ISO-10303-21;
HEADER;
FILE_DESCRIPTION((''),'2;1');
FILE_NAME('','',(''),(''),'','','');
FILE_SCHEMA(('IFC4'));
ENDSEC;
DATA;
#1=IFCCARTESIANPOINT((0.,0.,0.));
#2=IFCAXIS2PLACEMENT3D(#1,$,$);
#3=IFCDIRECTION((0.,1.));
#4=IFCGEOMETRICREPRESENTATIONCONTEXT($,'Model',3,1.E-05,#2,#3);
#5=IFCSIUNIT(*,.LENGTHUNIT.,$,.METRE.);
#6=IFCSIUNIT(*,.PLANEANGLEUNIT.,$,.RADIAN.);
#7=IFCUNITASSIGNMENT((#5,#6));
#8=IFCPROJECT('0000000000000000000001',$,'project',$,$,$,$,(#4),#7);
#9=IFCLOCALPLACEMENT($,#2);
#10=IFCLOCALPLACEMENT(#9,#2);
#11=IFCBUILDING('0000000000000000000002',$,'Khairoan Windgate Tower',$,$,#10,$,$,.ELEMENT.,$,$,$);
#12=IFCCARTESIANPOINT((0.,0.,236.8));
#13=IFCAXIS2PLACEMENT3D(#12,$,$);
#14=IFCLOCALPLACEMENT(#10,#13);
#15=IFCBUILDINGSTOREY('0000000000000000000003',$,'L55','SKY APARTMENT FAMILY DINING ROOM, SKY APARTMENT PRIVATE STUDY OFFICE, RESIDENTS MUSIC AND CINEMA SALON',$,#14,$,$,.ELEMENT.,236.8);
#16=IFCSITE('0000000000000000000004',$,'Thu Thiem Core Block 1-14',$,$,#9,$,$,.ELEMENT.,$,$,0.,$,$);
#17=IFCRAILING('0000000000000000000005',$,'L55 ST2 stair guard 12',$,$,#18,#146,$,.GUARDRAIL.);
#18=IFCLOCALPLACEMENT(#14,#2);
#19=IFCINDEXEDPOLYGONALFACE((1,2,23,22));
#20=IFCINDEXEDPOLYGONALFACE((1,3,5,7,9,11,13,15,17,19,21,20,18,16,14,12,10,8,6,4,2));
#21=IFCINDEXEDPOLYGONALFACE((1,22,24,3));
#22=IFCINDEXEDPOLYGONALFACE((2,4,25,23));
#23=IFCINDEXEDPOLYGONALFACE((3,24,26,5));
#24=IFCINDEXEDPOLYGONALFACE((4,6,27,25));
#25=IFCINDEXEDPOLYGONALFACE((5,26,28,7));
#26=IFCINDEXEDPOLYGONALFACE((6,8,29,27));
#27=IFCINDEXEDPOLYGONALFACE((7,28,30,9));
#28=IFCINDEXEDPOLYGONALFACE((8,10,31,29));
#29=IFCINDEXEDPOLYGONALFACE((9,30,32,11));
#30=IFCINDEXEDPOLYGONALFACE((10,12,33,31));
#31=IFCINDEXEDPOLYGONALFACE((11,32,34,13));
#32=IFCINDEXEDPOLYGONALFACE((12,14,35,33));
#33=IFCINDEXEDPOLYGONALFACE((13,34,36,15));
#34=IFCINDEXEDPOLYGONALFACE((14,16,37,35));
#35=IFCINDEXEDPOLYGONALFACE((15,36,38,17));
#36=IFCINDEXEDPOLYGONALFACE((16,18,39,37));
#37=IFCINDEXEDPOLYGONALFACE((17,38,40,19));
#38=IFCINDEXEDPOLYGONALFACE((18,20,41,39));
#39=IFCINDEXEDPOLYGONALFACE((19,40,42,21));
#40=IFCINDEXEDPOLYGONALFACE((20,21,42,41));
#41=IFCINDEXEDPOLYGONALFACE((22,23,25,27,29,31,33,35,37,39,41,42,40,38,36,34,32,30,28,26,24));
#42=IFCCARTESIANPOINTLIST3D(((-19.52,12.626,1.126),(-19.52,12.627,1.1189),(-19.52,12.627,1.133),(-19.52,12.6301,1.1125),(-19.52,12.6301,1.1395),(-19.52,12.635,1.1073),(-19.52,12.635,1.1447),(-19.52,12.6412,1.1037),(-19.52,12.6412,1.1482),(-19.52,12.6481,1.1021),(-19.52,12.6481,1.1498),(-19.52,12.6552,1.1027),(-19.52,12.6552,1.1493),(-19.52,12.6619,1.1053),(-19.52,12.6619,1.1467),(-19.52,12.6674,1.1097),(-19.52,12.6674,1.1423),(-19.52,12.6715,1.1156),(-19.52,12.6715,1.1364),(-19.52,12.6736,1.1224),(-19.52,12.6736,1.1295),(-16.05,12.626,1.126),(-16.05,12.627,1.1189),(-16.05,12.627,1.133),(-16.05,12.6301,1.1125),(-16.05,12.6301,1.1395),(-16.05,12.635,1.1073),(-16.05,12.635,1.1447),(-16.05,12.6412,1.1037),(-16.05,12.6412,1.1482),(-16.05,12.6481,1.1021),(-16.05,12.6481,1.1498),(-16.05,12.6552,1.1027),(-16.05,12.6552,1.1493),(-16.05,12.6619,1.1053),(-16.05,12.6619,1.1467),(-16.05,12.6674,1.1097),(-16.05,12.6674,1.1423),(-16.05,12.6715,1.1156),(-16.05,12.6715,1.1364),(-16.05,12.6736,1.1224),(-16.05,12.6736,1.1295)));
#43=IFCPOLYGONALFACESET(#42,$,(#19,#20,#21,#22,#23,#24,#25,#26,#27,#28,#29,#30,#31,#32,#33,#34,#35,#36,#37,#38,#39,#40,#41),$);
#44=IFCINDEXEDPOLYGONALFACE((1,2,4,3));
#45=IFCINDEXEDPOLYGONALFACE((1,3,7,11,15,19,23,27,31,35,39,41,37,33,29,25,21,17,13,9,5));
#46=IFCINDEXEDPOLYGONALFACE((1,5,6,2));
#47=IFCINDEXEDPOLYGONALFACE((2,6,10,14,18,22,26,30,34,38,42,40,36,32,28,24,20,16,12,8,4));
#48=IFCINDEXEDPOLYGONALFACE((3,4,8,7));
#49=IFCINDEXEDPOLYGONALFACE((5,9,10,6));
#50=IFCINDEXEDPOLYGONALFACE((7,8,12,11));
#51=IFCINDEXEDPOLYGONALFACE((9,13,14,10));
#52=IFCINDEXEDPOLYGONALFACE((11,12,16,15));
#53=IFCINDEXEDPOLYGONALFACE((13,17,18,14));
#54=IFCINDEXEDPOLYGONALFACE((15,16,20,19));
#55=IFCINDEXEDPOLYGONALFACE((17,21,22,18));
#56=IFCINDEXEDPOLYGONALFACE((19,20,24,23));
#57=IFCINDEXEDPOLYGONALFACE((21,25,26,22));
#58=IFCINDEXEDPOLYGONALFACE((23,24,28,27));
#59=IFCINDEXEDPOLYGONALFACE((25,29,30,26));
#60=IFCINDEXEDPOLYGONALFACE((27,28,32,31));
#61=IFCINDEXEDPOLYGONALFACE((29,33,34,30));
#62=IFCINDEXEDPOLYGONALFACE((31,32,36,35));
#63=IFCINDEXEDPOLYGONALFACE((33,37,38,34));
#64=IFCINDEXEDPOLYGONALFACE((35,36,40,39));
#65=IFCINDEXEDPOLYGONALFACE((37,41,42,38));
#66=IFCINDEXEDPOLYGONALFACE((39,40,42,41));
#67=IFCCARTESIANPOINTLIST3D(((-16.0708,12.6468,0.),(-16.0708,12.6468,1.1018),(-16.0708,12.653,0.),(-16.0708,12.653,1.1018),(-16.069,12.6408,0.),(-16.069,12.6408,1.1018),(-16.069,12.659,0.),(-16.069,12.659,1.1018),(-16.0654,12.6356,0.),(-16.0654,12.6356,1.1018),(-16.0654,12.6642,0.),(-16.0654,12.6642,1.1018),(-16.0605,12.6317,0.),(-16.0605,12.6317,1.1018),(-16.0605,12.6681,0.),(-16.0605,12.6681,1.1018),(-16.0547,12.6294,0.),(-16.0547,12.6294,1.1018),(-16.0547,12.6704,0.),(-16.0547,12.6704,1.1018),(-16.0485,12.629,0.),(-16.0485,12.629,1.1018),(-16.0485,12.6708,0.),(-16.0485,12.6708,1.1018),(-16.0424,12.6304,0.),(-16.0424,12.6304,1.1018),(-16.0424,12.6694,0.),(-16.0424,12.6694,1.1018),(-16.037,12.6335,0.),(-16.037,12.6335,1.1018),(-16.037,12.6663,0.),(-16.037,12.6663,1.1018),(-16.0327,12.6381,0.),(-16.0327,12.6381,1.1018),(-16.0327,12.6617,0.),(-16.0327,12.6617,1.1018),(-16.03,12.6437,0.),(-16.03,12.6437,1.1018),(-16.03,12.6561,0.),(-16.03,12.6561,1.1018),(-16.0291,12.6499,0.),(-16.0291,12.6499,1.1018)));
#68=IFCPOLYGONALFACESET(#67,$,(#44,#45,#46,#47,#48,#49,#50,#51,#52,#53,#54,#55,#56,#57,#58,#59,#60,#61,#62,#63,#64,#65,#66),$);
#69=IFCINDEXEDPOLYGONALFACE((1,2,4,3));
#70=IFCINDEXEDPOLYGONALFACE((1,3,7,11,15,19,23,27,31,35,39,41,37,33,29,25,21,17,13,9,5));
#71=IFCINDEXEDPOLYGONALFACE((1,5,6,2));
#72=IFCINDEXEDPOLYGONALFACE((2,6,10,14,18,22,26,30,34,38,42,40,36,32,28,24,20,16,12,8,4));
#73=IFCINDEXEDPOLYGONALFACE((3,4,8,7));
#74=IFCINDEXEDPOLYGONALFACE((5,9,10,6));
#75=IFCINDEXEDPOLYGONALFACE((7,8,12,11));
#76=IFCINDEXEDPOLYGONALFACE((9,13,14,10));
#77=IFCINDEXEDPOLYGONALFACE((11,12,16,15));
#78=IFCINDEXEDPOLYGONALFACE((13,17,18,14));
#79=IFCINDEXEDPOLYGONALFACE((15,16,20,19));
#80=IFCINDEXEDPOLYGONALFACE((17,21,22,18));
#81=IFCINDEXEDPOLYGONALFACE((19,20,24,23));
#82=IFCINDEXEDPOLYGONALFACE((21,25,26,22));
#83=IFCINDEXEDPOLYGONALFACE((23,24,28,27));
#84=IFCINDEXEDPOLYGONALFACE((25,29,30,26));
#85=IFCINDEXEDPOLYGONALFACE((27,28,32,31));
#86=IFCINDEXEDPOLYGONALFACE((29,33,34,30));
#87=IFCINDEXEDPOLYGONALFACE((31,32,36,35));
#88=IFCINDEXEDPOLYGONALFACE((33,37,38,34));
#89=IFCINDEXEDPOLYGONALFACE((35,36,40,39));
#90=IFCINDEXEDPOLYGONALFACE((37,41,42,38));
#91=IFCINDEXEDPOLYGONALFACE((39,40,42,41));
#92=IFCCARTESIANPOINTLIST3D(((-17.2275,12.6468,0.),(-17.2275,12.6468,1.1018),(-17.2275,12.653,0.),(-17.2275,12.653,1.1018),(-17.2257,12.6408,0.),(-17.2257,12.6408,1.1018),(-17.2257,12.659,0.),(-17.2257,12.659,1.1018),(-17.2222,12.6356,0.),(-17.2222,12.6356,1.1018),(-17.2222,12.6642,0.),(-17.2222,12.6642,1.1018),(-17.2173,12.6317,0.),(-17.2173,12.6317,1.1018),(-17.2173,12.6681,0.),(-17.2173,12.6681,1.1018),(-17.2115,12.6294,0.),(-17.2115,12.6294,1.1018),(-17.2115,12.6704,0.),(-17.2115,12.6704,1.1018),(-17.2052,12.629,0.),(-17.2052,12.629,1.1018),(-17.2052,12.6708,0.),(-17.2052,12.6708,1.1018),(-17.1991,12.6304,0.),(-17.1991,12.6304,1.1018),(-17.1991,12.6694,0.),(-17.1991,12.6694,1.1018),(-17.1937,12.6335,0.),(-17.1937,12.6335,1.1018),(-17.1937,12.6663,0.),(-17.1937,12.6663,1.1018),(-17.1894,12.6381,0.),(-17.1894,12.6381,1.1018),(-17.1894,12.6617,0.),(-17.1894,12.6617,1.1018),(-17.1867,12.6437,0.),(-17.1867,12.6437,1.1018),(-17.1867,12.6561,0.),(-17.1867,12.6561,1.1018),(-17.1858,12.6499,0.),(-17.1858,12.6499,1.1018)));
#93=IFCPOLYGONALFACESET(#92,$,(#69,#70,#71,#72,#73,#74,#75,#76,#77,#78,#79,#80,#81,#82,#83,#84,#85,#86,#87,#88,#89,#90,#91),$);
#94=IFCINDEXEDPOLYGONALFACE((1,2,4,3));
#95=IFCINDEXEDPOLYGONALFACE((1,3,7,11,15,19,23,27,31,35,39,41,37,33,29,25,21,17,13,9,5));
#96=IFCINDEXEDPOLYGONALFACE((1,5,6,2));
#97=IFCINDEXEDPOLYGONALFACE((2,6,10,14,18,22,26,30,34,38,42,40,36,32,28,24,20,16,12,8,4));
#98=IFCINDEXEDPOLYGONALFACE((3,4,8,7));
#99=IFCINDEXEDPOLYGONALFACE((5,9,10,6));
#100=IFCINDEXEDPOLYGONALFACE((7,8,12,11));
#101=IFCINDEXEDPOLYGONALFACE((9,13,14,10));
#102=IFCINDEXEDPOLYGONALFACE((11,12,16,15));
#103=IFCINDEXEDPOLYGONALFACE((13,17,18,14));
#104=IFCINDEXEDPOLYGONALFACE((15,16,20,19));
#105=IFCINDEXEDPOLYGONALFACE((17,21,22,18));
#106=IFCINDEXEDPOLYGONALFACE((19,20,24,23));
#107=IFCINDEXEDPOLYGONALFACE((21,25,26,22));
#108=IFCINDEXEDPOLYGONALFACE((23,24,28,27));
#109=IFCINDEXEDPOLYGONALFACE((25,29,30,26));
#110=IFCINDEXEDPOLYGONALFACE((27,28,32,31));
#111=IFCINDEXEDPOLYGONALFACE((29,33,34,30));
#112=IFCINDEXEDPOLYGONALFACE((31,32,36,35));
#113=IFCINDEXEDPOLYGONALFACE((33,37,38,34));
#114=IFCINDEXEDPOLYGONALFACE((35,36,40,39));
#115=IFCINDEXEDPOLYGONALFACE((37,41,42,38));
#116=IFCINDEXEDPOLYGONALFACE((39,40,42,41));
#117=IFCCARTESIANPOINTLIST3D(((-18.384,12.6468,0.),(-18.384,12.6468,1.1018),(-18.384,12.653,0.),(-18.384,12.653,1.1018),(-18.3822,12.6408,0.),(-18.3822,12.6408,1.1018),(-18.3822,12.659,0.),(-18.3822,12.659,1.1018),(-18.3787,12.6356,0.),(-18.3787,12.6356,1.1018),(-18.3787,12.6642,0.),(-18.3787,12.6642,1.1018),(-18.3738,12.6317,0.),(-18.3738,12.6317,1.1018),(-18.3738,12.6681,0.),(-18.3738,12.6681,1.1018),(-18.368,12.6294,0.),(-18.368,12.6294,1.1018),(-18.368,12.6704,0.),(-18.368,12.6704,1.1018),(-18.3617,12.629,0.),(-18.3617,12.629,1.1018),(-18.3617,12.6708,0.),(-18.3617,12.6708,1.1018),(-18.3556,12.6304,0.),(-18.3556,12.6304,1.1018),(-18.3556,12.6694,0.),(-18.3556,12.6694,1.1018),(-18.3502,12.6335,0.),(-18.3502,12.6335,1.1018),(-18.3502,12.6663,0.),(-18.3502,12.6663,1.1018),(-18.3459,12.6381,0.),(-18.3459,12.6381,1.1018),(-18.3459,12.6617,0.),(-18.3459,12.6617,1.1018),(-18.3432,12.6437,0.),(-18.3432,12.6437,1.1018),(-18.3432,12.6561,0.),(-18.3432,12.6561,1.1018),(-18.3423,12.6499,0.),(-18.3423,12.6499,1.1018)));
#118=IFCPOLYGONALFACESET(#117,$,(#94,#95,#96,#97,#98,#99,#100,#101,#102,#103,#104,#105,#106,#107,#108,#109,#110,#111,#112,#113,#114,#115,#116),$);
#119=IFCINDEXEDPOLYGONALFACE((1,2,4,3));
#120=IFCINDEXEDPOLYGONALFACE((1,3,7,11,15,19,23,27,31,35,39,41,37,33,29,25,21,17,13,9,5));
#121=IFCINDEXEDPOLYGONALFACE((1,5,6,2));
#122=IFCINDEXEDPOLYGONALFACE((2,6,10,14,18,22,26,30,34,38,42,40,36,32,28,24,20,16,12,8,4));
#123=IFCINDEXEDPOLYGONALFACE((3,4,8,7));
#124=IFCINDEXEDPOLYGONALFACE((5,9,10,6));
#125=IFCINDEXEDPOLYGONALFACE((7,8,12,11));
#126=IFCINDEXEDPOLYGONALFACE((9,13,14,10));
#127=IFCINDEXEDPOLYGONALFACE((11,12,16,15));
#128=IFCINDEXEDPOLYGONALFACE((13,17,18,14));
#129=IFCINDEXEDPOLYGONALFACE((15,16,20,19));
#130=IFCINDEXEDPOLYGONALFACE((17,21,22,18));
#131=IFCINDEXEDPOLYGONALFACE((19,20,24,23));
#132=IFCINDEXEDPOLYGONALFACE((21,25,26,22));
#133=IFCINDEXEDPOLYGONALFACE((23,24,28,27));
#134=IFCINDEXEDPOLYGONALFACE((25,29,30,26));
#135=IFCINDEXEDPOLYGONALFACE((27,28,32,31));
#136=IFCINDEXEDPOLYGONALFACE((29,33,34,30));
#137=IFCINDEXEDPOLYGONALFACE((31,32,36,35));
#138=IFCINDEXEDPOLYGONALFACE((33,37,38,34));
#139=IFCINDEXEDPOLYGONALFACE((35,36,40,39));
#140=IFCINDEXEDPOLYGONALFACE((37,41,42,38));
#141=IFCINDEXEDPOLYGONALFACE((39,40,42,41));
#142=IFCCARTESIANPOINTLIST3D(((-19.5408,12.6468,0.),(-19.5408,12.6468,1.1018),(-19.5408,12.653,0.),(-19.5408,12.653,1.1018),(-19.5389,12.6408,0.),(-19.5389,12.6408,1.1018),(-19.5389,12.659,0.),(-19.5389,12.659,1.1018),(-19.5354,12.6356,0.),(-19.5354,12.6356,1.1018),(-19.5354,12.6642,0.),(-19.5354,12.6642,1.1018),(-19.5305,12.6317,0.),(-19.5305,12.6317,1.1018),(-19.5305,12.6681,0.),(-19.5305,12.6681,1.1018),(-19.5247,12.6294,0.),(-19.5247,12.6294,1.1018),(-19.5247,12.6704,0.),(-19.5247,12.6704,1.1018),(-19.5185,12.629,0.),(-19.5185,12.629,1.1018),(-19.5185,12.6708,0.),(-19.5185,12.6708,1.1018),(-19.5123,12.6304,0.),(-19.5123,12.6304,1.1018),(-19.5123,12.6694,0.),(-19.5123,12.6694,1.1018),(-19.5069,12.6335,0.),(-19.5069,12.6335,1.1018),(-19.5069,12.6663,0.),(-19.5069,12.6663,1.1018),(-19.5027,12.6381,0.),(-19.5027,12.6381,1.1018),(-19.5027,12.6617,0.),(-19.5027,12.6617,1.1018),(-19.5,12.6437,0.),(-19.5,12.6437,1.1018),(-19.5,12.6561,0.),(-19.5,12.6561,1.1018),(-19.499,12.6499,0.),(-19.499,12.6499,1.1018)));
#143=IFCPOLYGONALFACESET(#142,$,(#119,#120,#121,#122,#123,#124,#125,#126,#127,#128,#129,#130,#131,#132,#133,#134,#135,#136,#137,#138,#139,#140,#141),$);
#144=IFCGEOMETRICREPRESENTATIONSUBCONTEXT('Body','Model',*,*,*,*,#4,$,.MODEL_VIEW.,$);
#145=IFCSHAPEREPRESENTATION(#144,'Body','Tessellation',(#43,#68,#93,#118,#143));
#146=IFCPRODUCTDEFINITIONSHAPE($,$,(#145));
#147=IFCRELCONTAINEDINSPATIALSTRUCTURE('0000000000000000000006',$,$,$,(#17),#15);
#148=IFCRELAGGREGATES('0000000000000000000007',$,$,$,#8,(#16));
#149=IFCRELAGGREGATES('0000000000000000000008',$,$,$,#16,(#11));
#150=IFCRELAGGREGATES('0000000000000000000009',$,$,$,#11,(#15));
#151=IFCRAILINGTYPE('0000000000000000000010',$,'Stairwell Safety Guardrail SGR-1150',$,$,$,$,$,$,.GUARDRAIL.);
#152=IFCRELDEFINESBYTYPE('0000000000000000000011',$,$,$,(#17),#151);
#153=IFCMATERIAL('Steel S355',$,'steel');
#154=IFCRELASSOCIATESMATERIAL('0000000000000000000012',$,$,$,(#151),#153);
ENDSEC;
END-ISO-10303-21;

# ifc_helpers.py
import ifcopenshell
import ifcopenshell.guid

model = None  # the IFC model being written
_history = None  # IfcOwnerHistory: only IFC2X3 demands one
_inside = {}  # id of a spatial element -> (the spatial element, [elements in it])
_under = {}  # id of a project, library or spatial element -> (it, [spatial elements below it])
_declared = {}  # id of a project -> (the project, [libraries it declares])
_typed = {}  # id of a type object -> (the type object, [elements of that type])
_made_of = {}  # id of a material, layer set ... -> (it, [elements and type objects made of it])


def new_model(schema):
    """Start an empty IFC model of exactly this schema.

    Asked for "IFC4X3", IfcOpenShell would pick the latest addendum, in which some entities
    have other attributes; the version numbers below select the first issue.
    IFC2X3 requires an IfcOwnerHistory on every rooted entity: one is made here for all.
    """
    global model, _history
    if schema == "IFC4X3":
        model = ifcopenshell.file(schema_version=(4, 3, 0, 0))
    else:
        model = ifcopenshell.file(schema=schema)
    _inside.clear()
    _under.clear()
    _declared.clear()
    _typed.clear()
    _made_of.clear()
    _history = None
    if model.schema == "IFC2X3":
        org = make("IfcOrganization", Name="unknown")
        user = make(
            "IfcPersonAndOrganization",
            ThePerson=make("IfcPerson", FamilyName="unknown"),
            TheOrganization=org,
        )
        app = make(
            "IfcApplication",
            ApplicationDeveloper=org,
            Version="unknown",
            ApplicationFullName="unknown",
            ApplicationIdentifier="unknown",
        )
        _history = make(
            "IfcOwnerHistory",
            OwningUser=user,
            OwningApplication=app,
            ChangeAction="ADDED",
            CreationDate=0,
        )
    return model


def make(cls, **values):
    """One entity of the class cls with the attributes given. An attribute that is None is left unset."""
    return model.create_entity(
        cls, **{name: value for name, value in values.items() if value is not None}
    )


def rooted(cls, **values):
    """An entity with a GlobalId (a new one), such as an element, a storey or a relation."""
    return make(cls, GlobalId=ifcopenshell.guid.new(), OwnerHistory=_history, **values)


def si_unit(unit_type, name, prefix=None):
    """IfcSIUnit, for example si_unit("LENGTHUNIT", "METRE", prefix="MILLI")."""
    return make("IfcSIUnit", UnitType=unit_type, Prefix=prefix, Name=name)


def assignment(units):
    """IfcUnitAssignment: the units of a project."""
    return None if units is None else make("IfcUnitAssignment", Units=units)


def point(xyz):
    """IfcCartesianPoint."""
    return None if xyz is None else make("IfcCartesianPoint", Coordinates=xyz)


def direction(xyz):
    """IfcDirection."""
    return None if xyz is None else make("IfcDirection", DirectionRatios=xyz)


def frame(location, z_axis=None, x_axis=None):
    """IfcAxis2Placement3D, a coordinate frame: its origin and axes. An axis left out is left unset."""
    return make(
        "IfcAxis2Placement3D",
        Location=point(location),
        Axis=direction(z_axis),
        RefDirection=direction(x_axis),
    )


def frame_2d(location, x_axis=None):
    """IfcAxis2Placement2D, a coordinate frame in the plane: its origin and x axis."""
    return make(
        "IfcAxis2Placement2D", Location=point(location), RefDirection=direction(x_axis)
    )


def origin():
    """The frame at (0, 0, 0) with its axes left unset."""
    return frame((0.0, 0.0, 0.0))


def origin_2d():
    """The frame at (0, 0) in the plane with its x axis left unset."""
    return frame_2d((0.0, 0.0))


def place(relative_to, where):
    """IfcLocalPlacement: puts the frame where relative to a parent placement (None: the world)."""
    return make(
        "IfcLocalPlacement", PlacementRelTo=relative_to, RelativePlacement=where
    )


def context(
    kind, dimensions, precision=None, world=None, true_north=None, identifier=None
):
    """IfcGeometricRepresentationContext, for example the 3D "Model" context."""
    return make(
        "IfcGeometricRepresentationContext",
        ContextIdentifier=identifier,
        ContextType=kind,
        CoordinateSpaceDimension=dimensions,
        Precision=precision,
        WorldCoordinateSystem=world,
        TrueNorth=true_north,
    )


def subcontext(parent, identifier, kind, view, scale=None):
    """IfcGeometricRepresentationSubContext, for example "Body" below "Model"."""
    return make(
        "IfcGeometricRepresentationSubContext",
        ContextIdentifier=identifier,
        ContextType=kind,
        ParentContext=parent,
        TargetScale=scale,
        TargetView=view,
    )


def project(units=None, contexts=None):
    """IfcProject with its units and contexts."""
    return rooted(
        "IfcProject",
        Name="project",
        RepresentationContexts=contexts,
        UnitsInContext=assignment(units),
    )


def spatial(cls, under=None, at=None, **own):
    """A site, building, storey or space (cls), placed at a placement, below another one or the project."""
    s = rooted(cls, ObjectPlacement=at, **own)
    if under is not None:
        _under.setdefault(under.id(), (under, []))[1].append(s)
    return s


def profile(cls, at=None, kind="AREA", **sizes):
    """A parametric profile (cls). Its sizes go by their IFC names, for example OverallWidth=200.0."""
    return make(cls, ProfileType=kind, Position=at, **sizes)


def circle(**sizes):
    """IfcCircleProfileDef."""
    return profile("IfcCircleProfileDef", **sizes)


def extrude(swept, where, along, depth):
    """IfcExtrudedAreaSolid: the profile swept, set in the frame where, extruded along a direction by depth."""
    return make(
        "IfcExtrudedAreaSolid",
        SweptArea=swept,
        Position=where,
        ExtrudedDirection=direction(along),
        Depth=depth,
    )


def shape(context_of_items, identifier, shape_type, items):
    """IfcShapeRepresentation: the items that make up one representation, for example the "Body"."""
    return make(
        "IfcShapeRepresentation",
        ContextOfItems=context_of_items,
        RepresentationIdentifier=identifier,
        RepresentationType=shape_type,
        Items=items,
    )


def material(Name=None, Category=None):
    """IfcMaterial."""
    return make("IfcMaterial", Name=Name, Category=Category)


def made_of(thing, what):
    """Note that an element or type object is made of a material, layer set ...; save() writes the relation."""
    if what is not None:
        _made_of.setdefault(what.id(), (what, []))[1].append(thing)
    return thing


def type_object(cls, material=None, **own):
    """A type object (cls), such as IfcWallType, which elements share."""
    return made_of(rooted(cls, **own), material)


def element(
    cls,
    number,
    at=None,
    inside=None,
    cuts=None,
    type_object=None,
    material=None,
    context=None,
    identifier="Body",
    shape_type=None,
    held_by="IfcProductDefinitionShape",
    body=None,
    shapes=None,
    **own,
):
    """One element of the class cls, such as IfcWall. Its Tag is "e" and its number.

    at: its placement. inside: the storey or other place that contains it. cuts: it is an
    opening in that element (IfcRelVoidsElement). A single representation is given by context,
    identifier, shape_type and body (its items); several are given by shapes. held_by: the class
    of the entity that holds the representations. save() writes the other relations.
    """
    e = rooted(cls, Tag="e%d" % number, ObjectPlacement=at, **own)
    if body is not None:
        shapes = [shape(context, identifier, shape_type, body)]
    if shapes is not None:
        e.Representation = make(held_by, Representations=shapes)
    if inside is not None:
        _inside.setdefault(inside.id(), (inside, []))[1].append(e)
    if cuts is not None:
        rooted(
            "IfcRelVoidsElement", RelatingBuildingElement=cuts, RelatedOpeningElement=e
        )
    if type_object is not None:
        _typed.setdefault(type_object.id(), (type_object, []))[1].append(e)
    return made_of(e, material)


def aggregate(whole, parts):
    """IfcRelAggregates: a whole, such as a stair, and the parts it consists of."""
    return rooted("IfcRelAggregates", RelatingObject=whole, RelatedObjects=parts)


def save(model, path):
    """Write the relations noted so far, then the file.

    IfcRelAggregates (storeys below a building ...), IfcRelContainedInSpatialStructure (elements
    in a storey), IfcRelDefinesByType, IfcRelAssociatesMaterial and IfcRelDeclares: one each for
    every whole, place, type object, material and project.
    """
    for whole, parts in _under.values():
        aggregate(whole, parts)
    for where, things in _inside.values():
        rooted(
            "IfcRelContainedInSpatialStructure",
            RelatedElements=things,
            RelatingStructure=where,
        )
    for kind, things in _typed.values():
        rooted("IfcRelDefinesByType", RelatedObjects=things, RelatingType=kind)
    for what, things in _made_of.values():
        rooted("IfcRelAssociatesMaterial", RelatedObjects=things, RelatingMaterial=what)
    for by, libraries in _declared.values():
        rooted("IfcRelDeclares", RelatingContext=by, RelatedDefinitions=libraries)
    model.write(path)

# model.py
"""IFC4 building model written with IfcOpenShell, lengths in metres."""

from ifc_helpers import new_model, si_unit, direction, frame, origin, origin_2d, place, context, subcontext, project, spatial, circle, extrude, material, type_object, element, save


model = new_model("IFC4")

# Units and contexts
model_context = context("Model", 3, precision=1e-05, world=origin(), true_north=direction((0.0, 1.0)))
body_context = subcontext(model_context, "Body", "Model", "MODEL_VIEW")
ifc_project = project(units=[si_unit("LENGTHUNIT", "METRE"), si_unit("PLANEANGLEUNIT", "RADIAN")], contexts=[model_context])

# Site, building, storey
site_placement = place(None, origin())
site = spatial("IfcSite", under=ifc_project, at=site_placement, Name="Thu Thiem Core Block 1-14", CompositionType="ELEMENT", RefElevation=0.0)
building_placement = place(site_placement, origin())
building = spatial("IfcBuilding", under=site, at=building_placement, Name="Khairoan Windgate Tower", CompositionType="ELEMENT")
storey_placement = place(building_placement, frame((0.0, 0.0, 236.8)))
storey = spatial("IfcBuildingStorey", under=building, at=storey_placement, Name="L55", Description="SKY APARTMENT FAMILY DINING ROOM, SKY APARTMENT PRIVATE STUDY OFFICE, RESIDENTS MUSIC AND CINEMA SALON", CompositionType="ELEMENT", Elevation=236.8)

# Railing
ifc_material_1 = material(Name="Steel S355", Category="steel")
railing_type = type_object("IfcRailingType", Name="Stairwell Safety Guardrail SGR-1150", PredefinedType="GUARDRAIL", material=ifc_material_1)
railing_1_placement = place(storey_placement, frame((-16.05, 12.6499, 0.0)))
element("IfcRailing", 1, at=railing_1_placement, inside=storey, type_object=railing_type, Name="L55 ST2 stair guard 12", PredefinedType="GUARDRAIL", context=body_context, shape_type="SweptSolid", body=[
    extrude(circle(Radius=0.0239, at=origin_2d()), frame((0.0, 0.0, 1.126), z_axis=(-1.0, 0.0, 0.0), x_axis=(0.0, -1.0, 0.0)), (0.0, 0.0, 1.0), 3.47),
    extrude(circle(Radius=0.021, at=origin_2d()), origin(), (0.0, 0.0, 1.0), 1.1018),
    extrude(circle(Radius=0.021, at=origin_2d()), frame((-1.1567, 0.0, 0.0)), (0.0, 0.0, 1.0), 1.1018),
    extrude(circle(Radius=0.021, at=origin_2d()), frame((-2.3132, 0.0, 0.0)), (0.0, 0.0, 1.0), 1.1018),
    extrude(circle(Radius=0.021, at=origin_2d()), frame((-3.47, 0.0, 0.0)), (0.0, 0.0, 1.0), 1.1018),
])

save(model, "model.ifc")
